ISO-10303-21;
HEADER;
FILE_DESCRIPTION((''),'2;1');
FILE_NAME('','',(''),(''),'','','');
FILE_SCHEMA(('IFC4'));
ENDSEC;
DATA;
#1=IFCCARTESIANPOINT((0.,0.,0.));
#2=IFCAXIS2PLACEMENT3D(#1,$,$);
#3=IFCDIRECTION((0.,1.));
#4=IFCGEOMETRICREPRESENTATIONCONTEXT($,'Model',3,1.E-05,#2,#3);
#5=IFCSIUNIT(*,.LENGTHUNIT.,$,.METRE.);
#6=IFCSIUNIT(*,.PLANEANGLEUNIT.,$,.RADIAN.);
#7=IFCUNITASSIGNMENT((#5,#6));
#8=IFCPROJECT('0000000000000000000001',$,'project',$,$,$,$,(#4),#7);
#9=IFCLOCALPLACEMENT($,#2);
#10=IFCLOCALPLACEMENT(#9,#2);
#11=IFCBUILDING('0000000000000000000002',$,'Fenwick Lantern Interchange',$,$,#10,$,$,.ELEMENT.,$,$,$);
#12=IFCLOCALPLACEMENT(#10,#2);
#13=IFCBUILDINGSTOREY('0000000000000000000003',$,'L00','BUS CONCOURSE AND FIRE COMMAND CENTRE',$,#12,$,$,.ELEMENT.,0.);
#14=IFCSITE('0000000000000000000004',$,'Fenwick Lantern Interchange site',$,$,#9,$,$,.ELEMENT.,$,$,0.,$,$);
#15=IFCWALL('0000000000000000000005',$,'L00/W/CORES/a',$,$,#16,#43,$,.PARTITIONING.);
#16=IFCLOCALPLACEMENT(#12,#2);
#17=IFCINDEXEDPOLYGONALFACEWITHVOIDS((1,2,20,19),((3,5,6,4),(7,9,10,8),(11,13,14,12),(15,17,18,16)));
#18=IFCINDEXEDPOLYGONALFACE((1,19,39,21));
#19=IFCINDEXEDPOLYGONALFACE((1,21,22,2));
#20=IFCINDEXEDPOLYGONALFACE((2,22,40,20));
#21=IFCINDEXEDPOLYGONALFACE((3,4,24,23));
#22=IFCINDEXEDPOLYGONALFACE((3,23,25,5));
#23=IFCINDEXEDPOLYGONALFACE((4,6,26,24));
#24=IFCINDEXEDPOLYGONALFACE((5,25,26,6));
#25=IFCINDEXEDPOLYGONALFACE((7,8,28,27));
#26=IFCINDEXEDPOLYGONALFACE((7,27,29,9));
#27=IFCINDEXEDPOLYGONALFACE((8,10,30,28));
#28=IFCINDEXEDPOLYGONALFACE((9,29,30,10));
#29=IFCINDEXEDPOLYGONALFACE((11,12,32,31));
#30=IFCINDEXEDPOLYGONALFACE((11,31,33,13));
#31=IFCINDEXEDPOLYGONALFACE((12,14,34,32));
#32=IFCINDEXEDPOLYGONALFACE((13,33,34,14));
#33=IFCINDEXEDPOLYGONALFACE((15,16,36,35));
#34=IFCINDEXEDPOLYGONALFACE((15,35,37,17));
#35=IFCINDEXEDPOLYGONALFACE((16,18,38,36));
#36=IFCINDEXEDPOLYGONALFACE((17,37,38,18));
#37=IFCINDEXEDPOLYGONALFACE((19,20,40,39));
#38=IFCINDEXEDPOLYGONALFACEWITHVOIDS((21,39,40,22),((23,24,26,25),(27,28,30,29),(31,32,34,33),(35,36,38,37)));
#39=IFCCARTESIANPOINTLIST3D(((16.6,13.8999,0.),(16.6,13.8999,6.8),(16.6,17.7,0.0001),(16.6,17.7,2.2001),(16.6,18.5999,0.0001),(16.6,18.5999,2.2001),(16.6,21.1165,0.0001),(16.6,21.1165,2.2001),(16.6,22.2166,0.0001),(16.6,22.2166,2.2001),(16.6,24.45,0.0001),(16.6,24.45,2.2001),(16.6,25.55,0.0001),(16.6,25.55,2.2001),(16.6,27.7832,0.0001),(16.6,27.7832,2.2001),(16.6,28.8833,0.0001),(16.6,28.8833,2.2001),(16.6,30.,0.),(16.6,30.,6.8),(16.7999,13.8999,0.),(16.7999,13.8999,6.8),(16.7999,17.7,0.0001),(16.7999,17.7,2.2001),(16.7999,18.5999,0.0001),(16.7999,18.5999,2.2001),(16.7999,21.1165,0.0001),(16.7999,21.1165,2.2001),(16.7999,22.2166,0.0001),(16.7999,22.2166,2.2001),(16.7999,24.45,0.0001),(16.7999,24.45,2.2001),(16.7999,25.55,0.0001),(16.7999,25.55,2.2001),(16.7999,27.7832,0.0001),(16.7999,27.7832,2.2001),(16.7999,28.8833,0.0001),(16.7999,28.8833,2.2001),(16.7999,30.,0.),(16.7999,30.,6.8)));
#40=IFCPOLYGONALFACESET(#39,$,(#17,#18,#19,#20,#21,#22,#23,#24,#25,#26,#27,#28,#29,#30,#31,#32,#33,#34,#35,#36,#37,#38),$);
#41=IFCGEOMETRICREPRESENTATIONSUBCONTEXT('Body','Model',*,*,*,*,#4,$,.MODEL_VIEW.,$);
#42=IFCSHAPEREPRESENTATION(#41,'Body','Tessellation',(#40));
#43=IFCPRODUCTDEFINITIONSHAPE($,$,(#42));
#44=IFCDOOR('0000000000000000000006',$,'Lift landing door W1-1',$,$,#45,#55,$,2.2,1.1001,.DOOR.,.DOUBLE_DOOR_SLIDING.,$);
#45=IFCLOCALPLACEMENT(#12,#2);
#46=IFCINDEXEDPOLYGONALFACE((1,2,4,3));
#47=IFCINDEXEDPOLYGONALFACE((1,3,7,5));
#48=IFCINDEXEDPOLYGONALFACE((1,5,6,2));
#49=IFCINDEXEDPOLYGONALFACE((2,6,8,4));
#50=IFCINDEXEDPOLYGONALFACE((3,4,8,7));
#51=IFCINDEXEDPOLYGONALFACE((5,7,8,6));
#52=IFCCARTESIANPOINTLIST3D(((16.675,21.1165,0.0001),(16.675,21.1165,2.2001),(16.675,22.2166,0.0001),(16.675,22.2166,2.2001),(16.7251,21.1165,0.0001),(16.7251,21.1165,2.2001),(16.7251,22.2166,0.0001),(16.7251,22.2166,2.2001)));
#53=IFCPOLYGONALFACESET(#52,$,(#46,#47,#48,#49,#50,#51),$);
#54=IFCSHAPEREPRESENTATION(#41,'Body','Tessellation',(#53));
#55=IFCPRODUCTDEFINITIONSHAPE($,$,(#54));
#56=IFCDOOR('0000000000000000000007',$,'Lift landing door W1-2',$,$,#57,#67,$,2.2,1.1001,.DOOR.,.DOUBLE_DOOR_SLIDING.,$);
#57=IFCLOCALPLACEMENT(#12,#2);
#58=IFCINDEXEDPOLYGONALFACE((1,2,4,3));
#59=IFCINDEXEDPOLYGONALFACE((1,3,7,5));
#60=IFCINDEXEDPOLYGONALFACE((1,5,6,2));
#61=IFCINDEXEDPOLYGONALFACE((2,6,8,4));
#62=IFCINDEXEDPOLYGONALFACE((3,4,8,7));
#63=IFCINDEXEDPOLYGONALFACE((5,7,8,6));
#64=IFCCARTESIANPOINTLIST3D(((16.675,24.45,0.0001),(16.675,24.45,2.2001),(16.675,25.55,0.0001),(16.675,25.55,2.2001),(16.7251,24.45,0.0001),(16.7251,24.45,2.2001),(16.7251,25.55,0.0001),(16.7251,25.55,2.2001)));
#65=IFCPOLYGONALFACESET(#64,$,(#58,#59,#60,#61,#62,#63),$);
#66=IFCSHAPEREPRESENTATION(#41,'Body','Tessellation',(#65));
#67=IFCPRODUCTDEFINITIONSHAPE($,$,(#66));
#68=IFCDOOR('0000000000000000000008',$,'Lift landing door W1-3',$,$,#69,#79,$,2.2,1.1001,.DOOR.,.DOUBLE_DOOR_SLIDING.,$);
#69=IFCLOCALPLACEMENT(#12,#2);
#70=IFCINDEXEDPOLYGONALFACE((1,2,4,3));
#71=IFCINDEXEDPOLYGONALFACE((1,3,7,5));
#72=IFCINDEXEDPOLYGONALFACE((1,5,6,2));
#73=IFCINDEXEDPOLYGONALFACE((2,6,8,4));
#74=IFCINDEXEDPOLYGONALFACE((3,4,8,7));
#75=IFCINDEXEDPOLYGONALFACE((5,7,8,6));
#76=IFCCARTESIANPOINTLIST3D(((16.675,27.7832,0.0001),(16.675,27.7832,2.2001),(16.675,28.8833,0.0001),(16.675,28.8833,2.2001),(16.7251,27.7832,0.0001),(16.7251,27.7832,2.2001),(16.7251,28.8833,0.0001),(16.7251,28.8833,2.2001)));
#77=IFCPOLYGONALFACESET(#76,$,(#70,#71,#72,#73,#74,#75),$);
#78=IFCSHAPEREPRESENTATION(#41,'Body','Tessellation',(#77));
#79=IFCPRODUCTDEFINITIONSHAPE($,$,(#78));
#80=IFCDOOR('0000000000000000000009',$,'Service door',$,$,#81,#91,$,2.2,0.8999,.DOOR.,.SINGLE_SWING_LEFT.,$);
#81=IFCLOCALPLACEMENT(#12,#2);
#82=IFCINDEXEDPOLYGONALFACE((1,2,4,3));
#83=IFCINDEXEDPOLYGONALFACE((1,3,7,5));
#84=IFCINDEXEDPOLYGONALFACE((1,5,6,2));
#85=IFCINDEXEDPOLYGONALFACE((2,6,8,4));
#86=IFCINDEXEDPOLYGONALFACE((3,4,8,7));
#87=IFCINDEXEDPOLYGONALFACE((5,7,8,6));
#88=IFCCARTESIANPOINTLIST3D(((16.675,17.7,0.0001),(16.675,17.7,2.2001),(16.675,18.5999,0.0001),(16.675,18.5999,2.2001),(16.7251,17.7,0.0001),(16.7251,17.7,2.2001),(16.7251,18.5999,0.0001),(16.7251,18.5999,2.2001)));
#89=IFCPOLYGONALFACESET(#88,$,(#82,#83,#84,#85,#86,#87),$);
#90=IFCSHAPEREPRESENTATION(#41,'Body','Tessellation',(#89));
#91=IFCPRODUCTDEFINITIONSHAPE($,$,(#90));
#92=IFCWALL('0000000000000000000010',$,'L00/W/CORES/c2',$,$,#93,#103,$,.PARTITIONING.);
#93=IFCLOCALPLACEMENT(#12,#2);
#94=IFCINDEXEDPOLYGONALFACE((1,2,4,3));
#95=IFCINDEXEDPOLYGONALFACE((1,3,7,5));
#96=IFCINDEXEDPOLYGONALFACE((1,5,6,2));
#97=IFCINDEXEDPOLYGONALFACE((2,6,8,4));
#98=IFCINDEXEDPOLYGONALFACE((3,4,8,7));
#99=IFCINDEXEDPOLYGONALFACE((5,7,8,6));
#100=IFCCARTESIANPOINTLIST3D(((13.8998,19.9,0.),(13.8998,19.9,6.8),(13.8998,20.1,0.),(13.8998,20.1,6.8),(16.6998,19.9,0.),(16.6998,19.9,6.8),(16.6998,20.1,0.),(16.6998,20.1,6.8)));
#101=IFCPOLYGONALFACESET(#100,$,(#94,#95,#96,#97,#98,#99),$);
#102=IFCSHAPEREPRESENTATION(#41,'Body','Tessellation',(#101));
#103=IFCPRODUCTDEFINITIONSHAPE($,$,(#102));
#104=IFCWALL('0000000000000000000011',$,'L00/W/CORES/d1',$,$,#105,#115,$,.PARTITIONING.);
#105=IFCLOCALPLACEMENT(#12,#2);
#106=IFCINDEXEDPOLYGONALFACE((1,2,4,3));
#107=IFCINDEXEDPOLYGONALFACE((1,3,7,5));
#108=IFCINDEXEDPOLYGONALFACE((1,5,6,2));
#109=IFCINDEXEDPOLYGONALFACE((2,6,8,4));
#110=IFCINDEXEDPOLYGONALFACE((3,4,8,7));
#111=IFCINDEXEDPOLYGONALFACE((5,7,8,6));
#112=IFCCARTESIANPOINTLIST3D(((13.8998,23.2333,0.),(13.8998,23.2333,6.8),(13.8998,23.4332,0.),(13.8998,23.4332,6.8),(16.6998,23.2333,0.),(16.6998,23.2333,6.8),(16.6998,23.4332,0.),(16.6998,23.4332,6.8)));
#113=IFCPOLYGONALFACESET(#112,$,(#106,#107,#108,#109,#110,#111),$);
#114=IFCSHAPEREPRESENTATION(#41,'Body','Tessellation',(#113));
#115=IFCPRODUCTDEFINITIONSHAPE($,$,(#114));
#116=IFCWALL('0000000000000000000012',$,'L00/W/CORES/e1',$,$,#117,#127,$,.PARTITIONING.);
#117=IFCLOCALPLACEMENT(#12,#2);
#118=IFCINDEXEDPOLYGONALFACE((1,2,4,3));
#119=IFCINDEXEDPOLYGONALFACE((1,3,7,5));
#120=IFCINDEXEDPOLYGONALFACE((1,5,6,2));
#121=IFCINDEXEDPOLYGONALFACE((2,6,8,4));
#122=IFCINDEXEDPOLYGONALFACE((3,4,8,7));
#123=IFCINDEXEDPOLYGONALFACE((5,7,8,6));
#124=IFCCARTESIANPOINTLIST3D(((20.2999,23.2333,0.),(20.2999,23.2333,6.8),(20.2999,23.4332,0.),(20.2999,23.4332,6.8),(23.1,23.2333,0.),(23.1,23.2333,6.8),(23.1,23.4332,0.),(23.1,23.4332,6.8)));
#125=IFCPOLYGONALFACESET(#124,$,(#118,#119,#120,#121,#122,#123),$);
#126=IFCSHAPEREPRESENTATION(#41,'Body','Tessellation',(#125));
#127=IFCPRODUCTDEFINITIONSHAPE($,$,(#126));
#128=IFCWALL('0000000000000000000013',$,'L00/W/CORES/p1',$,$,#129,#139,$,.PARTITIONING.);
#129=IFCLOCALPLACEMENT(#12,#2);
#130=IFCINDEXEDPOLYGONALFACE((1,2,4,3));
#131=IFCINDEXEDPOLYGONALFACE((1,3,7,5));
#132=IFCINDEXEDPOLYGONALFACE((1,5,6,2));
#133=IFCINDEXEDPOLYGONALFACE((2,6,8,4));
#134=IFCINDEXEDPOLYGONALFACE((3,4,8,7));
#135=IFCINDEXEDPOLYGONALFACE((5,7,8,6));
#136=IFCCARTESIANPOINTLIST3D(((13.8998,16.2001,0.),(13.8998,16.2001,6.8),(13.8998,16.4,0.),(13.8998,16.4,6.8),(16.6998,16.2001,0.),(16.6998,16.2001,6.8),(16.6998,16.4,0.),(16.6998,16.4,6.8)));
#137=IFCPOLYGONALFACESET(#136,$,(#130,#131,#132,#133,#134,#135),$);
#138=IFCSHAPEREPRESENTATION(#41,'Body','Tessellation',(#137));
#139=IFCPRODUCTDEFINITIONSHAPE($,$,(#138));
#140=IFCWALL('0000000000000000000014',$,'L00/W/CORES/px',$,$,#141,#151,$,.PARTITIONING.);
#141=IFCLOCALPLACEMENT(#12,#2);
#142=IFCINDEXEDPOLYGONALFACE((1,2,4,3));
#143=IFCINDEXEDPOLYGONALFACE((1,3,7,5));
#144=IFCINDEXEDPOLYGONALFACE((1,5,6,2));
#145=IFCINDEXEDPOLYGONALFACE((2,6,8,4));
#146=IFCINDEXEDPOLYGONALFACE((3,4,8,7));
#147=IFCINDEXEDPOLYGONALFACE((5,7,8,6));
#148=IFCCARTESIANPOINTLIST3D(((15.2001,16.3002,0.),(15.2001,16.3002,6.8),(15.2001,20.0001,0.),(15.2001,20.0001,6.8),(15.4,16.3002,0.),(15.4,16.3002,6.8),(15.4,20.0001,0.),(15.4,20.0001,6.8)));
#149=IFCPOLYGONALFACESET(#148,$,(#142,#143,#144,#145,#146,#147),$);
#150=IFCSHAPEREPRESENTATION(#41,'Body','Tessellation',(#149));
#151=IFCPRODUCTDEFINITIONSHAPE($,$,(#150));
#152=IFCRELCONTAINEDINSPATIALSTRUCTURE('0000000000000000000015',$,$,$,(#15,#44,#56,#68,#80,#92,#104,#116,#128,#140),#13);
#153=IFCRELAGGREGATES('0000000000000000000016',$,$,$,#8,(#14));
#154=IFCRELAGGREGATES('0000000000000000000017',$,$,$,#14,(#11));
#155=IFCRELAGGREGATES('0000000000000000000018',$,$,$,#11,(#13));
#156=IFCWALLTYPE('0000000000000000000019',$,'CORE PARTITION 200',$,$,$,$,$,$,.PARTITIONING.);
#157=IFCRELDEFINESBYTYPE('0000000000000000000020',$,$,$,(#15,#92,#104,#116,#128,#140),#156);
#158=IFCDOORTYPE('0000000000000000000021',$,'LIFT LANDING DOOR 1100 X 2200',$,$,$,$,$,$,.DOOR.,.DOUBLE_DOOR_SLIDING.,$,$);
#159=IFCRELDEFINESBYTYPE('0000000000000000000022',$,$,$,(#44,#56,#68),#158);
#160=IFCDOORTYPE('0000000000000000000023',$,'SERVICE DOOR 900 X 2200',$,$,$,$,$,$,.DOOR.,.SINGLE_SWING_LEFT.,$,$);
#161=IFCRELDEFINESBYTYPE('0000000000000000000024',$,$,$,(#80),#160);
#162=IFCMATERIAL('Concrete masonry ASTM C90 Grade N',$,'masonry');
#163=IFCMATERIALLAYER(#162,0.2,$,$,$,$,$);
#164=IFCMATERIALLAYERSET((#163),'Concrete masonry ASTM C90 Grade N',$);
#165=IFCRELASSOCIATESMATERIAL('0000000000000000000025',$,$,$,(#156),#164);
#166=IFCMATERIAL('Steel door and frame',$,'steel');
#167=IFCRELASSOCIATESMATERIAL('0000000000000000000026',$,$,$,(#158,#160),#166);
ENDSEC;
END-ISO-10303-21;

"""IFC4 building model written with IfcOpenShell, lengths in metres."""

from ifc_helpers import new_model, si_unit, direction, frame, frame_2d, origin, place, context, subcontext, project, spatial, rectangle, extrude, material, layer, layer_set, type_object, element, fill, save


model = new_model("IFC4")

# Units and contexts
model_context = context("Model", 3, precision=1e-05, world=origin(), true_north=direction((0.0, 1.0)))
body_context = subcontext(model_context, "Body", "Model", "MODEL_VIEW")
ifc_project = project(units=[si_unit("LENGTHUNIT", "METRE"), si_unit("PLANEANGLEUNIT", "RADIAN")], contexts=[model_context])

# Site, building, storey
site_placement = place(None, origin())
site = spatial("IfcSite", under=ifc_project, at=site_placement, Name="Fenwick Lantern Interchange site", CompositionType="ELEMENT", RefElevation=0.0)
building_placement = place(site_placement, origin())
building = spatial("IfcBuilding", under=site, at=building_placement, Name="Fenwick Lantern Interchange", CompositionType="ELEMENT")
storey_placement = place(building_placement, origin())
storey = spatial("IfcBuildingStorey", under=building, at=storey_placement, Name="L00", Description="BUS CONCOURSE AND FIRE COMMAND CENTRE", CompositionType="ELEMENT", Elevation=0.0)

# Wall, openings, doors
ifc_material_1 = material(Name="Concrete masonry ASTM C90 Grade N", Category="masonry")
ifc_layer_1 = layer(ifc_material_1, 0.2)
ifc_layer_set_1 = layer_set([ifc_layer_1], Name="Concrete masonry ASTM C90 Grade N")
wall_type_1 = type_object("IfcWallType", Name="CORE PARTITION 200", PredefinedType="PARTITIONING", material=ifc_layer_set_1)
wall_1_placement = place(storey_placement, frame((16.7, 13.8999, 0.0), z_axis=(0.0, 0.0, 1.0), x_axis=(0.0, 1.0, 0.0)))
wall_1 = element("IfcWall", 1, at=wall_1_placement, inside=storey, type_object=wall_type_1, Name="L00/W/CORES/a", PredefinedType="PARTITIONING", context=body_context, shape_type="SweptSolid", body=[
    extrude(rectangle(XDim=16.1001, YDim=0.2, at=frame_2d((8.05, 0.0))), origin(), (0.0, 0.0, 1.0), 6.8),
])
opening_1_placement = place(wall_1_placement, frame((3.8, 0.0, 0.0)))
opening_1 = element("IfcOpeningElement", 2, at=opening_1_placement, cuts=wall_1, PredefinedType="OPENING", context=body_context, shape_type="SweptSolid", body=[
    extrude(rectangle(XDim=0.8999, YDim=2.2, at=frame_2d((0.45, 1.1001))), frame((0.0, 0.1099, 0.0), z_axis=(0.0, -1.0, 0.0), x_axis=(1.0, 0.0, 0.0)), (0.0, 0.0, 1.0), 0.22),
])
opening_2_placement = place(wall_1_placement, frame((7.2166, 0.0, 0.0)))
opening_2 = element("IfcOpeningElement", 3, at=opening_2_placement, cuts=wall_1, PredefinedType="OPENING", context=body_context, shape_type="SweptSolid", body=[
    extrude(rectangle(XDim=1.1001, YDim=2.2, at=frame_2d((0.55, 1.1001))), frame((0.0, 0.1099, 0.0), z_axis=(0.0, -1.0, 0.0), x_axis=(1.0, 0.0, 0.0)), (0.0, 0.0, 1.0), 0.22),
])
opening_3_placement = place(wall_1_placement, frame((10.55, 0.0, 0.0)))
opening_3 = element("IfcOpeningElement", 4, at=opening_3_placement, cuts=wall_1, PredefinedType="OPENING", context=body_context, shape_type="SweptSolid", body=[
    extrude(rectangle(XDim=1.1001, YDim=2.2, at=frame_2d((0.55, 1.1001))), frame((0.0, 0.1099, 0.0), z_axis=(0.0, -1.0, 0.0), x_axis=(1.0, 0.0, 0.0)), (0.0, 0.0, 1.0), 0.22),
])
opening_4_placement = place(wall_1_placement, frame((13.8833, 0.0, 0.0)))
opening_4 = element("IfcOpeningElement", 5, at=opening_4_placement, cuts=wall_1, PredefinedType="OPENING", context=body_context, shape_type="SweptSolid", body=[
    extrude(rectangle(XDim=1.1001, YDim=2.2, at=frame_2d((0.55, 1.1001))), frame((0.0, 0.1099, 0.0), z_axis=(0.0, -1.0, 0.0), x_axis=(1.0, 0.0, 0.0)), (0.0, 0.0, 1.0), 0.22),
])
ifc_material_2 = material(Name="Steel door and frame", Category="steel")
door_type_1 = type_object("IfcDoorType", Name="LIFT LANDING DOOR 1100 X 2200", OperationType="DOUBLE_DOOR_SLIDING", PredefinedType="DOOR", material=ifc_material_2)
door_1_placement = place(opening_2_placement, origin())
door_1 = element("IfcDoor", 6, at=door_1_placement, inside=storey, type_object=door_type_1, Name="Lift landing door W1-1", OperationType="DOUBLE_DOOR_SLIDING", OverallHeight=2.2, OverallWidth=1.1001, PredefinedType="DOOR", context=body_context, shape_type="SweptSolid", body=[
    extrude(rectangle(XDim=1.1001, YDim=2.2, at=frame_2d((0.55, 1.1001))), frame((0.0, 0.0249, 0.0), z_axis=(0.0, -1.0, 0.0), x_axis=(1.0, 0.0, 0.0)), (0.0, 0.0, 1.0), 0.05),
])
fill(opening_2, door_1)
door_2_placement = place(opening_3_placement, origin())
door_2 = element("IfcDoor", 7, at=door_2_placement, inside=storey, type_object=door_type_1, Name="Lift landing door W1-2", OperationType="DOUBLE_DOOR_SLIDING", OverallHeight=2.2, OverallWidth=1.1001, PredefinedType="DOOR", context=body_context, shape_type="SweptSolid", body=[
    extrude(rectangle(XDim=1.1001, YDim=2.2, at=frame_2d((0.55, 1.1001))), frame((0.0, 0.0249, 0.0), z_axis=(0.0, -1.0, 0.0), x_axis=(1.0, 0.0, 0.0)), (0.0, 0.0, 1.0), 0.05),
])
fill(opening_3, door_2)
door_3_placement = place(opening_4_placement, origin())
door_3 = element("IfcDoor", 8, at=door_3_placement, inside=storey, type_object=door_type_1, Name="Lift landing door W1-3", OperationType="DOUBLE_DOOR_SLIDING", OverallHeight=2.2, OverallWidth=1.1001, PredefinedType="DOOR", context=body_context, shape_type="SweptSolid", body=[
    extrude(rectangle(XDim=1.1001, YDim=2.2, at=frame_2d((0.55, 1.1001))), frame((0.0, 0.0249, 0.0), z_axis=(0.0, -1.0, 0.0), x_axis=(1.0, 0.0, 0.0)), (0.0, 0.0, 1.0), 0.05),
])
fill(opening_4, door_3)
door_type_2 = type_object("IfcDoorType", Name="SERVICE DOOR 900 X 2200", OperationType="SINGLE_SWING_LEFT", PredefinedType="DOOR", material=ifc_material_2)
door_4_placement = place(opening_1_placement, origin())
door_4 = element("IfcDoor", 9, at=door_4_placement, inside=storey, type_object=door_type_2, Name="Service door", OperationType="SINGLE_SWING_LEFT", OverallHeight=2.2, OverallWidth=0.8999, PredefinedType="DOOR", context=body_context, shape_type="SweptSolid", body=[
    extrude(rectangle(XDim=0.8999, YDim=2.2, at=frame_2d((0.45, 1.1001))), frame((0.0, 0.0249, 0.0), z_axis=(0.0, -1.0, 0.0), x_axis=(1.0, 0.0, 0.0)), (0.0, 0.0, 1.0), 0.05),
])
fill(opening_1, door_4)

# Walls
for number, where, z_axis, x_axis, name in (
    (10, (13.8999, 20.0, 0.0), (0.0, 0.0, 1.0), (1.0, 0.0, 0.0), "L00/W/CORES/c2"),
    (11, (13.8999, 23.3333, 0.0), (0.0, 0.0, 1.0), (1.0, 0.0, 0.0), "L00/W/CORES/d1"),
    (12, (20.3, 23.3333, 0.0), (0.0, 0.0, 1.0), (1.0, 0.0, 0.0), "L00/W/CORES/e1"),
    (13, (13.8999, 16.3, 0.0), (0.0, 0.0, 1.0), (1.0, 0.0, 0.0), "L00/W/CORES/p1"),
):
    element("IfcWall", number, at=place(storey_placement, frame(where, z_axis=z_axis, x_axis=x_axis)), inside=storey, type_object=wall_type_1, Name=name, PredefinedType="PARTITIONING", context=body_context, shape_type="SweptSolid", body=[
        extrude(rectangle(XDim=2.8, YDim=0.2, at=frame_2d((1.3999, 0.0))), origin(), (0.0, 0.0, 1.0), 6.8),
    ])
wall_2_placement = place(storey_placement, frame((15.3, 16.3, 0.0), z_axis=(0.0, 0.0, 1.0), x_axis=(0.0, 1.0, 0.0)))
element("IfcWall", 14, at=wall_2_placement, inside=storey, type_object=wall_type_1, Name="L00/W/CORES/px", PredefinedType="PARTITIONING", context=body_context, shape_type="SweptSolid", body=[
    extrude(rectangle(XDim=3.7, YDim=0.2, at=frame_2d((1.8501, 0.0))), origin(), (0.0, 0.0, 1.0), 6.8),
])

save(model, "model.ifc")
